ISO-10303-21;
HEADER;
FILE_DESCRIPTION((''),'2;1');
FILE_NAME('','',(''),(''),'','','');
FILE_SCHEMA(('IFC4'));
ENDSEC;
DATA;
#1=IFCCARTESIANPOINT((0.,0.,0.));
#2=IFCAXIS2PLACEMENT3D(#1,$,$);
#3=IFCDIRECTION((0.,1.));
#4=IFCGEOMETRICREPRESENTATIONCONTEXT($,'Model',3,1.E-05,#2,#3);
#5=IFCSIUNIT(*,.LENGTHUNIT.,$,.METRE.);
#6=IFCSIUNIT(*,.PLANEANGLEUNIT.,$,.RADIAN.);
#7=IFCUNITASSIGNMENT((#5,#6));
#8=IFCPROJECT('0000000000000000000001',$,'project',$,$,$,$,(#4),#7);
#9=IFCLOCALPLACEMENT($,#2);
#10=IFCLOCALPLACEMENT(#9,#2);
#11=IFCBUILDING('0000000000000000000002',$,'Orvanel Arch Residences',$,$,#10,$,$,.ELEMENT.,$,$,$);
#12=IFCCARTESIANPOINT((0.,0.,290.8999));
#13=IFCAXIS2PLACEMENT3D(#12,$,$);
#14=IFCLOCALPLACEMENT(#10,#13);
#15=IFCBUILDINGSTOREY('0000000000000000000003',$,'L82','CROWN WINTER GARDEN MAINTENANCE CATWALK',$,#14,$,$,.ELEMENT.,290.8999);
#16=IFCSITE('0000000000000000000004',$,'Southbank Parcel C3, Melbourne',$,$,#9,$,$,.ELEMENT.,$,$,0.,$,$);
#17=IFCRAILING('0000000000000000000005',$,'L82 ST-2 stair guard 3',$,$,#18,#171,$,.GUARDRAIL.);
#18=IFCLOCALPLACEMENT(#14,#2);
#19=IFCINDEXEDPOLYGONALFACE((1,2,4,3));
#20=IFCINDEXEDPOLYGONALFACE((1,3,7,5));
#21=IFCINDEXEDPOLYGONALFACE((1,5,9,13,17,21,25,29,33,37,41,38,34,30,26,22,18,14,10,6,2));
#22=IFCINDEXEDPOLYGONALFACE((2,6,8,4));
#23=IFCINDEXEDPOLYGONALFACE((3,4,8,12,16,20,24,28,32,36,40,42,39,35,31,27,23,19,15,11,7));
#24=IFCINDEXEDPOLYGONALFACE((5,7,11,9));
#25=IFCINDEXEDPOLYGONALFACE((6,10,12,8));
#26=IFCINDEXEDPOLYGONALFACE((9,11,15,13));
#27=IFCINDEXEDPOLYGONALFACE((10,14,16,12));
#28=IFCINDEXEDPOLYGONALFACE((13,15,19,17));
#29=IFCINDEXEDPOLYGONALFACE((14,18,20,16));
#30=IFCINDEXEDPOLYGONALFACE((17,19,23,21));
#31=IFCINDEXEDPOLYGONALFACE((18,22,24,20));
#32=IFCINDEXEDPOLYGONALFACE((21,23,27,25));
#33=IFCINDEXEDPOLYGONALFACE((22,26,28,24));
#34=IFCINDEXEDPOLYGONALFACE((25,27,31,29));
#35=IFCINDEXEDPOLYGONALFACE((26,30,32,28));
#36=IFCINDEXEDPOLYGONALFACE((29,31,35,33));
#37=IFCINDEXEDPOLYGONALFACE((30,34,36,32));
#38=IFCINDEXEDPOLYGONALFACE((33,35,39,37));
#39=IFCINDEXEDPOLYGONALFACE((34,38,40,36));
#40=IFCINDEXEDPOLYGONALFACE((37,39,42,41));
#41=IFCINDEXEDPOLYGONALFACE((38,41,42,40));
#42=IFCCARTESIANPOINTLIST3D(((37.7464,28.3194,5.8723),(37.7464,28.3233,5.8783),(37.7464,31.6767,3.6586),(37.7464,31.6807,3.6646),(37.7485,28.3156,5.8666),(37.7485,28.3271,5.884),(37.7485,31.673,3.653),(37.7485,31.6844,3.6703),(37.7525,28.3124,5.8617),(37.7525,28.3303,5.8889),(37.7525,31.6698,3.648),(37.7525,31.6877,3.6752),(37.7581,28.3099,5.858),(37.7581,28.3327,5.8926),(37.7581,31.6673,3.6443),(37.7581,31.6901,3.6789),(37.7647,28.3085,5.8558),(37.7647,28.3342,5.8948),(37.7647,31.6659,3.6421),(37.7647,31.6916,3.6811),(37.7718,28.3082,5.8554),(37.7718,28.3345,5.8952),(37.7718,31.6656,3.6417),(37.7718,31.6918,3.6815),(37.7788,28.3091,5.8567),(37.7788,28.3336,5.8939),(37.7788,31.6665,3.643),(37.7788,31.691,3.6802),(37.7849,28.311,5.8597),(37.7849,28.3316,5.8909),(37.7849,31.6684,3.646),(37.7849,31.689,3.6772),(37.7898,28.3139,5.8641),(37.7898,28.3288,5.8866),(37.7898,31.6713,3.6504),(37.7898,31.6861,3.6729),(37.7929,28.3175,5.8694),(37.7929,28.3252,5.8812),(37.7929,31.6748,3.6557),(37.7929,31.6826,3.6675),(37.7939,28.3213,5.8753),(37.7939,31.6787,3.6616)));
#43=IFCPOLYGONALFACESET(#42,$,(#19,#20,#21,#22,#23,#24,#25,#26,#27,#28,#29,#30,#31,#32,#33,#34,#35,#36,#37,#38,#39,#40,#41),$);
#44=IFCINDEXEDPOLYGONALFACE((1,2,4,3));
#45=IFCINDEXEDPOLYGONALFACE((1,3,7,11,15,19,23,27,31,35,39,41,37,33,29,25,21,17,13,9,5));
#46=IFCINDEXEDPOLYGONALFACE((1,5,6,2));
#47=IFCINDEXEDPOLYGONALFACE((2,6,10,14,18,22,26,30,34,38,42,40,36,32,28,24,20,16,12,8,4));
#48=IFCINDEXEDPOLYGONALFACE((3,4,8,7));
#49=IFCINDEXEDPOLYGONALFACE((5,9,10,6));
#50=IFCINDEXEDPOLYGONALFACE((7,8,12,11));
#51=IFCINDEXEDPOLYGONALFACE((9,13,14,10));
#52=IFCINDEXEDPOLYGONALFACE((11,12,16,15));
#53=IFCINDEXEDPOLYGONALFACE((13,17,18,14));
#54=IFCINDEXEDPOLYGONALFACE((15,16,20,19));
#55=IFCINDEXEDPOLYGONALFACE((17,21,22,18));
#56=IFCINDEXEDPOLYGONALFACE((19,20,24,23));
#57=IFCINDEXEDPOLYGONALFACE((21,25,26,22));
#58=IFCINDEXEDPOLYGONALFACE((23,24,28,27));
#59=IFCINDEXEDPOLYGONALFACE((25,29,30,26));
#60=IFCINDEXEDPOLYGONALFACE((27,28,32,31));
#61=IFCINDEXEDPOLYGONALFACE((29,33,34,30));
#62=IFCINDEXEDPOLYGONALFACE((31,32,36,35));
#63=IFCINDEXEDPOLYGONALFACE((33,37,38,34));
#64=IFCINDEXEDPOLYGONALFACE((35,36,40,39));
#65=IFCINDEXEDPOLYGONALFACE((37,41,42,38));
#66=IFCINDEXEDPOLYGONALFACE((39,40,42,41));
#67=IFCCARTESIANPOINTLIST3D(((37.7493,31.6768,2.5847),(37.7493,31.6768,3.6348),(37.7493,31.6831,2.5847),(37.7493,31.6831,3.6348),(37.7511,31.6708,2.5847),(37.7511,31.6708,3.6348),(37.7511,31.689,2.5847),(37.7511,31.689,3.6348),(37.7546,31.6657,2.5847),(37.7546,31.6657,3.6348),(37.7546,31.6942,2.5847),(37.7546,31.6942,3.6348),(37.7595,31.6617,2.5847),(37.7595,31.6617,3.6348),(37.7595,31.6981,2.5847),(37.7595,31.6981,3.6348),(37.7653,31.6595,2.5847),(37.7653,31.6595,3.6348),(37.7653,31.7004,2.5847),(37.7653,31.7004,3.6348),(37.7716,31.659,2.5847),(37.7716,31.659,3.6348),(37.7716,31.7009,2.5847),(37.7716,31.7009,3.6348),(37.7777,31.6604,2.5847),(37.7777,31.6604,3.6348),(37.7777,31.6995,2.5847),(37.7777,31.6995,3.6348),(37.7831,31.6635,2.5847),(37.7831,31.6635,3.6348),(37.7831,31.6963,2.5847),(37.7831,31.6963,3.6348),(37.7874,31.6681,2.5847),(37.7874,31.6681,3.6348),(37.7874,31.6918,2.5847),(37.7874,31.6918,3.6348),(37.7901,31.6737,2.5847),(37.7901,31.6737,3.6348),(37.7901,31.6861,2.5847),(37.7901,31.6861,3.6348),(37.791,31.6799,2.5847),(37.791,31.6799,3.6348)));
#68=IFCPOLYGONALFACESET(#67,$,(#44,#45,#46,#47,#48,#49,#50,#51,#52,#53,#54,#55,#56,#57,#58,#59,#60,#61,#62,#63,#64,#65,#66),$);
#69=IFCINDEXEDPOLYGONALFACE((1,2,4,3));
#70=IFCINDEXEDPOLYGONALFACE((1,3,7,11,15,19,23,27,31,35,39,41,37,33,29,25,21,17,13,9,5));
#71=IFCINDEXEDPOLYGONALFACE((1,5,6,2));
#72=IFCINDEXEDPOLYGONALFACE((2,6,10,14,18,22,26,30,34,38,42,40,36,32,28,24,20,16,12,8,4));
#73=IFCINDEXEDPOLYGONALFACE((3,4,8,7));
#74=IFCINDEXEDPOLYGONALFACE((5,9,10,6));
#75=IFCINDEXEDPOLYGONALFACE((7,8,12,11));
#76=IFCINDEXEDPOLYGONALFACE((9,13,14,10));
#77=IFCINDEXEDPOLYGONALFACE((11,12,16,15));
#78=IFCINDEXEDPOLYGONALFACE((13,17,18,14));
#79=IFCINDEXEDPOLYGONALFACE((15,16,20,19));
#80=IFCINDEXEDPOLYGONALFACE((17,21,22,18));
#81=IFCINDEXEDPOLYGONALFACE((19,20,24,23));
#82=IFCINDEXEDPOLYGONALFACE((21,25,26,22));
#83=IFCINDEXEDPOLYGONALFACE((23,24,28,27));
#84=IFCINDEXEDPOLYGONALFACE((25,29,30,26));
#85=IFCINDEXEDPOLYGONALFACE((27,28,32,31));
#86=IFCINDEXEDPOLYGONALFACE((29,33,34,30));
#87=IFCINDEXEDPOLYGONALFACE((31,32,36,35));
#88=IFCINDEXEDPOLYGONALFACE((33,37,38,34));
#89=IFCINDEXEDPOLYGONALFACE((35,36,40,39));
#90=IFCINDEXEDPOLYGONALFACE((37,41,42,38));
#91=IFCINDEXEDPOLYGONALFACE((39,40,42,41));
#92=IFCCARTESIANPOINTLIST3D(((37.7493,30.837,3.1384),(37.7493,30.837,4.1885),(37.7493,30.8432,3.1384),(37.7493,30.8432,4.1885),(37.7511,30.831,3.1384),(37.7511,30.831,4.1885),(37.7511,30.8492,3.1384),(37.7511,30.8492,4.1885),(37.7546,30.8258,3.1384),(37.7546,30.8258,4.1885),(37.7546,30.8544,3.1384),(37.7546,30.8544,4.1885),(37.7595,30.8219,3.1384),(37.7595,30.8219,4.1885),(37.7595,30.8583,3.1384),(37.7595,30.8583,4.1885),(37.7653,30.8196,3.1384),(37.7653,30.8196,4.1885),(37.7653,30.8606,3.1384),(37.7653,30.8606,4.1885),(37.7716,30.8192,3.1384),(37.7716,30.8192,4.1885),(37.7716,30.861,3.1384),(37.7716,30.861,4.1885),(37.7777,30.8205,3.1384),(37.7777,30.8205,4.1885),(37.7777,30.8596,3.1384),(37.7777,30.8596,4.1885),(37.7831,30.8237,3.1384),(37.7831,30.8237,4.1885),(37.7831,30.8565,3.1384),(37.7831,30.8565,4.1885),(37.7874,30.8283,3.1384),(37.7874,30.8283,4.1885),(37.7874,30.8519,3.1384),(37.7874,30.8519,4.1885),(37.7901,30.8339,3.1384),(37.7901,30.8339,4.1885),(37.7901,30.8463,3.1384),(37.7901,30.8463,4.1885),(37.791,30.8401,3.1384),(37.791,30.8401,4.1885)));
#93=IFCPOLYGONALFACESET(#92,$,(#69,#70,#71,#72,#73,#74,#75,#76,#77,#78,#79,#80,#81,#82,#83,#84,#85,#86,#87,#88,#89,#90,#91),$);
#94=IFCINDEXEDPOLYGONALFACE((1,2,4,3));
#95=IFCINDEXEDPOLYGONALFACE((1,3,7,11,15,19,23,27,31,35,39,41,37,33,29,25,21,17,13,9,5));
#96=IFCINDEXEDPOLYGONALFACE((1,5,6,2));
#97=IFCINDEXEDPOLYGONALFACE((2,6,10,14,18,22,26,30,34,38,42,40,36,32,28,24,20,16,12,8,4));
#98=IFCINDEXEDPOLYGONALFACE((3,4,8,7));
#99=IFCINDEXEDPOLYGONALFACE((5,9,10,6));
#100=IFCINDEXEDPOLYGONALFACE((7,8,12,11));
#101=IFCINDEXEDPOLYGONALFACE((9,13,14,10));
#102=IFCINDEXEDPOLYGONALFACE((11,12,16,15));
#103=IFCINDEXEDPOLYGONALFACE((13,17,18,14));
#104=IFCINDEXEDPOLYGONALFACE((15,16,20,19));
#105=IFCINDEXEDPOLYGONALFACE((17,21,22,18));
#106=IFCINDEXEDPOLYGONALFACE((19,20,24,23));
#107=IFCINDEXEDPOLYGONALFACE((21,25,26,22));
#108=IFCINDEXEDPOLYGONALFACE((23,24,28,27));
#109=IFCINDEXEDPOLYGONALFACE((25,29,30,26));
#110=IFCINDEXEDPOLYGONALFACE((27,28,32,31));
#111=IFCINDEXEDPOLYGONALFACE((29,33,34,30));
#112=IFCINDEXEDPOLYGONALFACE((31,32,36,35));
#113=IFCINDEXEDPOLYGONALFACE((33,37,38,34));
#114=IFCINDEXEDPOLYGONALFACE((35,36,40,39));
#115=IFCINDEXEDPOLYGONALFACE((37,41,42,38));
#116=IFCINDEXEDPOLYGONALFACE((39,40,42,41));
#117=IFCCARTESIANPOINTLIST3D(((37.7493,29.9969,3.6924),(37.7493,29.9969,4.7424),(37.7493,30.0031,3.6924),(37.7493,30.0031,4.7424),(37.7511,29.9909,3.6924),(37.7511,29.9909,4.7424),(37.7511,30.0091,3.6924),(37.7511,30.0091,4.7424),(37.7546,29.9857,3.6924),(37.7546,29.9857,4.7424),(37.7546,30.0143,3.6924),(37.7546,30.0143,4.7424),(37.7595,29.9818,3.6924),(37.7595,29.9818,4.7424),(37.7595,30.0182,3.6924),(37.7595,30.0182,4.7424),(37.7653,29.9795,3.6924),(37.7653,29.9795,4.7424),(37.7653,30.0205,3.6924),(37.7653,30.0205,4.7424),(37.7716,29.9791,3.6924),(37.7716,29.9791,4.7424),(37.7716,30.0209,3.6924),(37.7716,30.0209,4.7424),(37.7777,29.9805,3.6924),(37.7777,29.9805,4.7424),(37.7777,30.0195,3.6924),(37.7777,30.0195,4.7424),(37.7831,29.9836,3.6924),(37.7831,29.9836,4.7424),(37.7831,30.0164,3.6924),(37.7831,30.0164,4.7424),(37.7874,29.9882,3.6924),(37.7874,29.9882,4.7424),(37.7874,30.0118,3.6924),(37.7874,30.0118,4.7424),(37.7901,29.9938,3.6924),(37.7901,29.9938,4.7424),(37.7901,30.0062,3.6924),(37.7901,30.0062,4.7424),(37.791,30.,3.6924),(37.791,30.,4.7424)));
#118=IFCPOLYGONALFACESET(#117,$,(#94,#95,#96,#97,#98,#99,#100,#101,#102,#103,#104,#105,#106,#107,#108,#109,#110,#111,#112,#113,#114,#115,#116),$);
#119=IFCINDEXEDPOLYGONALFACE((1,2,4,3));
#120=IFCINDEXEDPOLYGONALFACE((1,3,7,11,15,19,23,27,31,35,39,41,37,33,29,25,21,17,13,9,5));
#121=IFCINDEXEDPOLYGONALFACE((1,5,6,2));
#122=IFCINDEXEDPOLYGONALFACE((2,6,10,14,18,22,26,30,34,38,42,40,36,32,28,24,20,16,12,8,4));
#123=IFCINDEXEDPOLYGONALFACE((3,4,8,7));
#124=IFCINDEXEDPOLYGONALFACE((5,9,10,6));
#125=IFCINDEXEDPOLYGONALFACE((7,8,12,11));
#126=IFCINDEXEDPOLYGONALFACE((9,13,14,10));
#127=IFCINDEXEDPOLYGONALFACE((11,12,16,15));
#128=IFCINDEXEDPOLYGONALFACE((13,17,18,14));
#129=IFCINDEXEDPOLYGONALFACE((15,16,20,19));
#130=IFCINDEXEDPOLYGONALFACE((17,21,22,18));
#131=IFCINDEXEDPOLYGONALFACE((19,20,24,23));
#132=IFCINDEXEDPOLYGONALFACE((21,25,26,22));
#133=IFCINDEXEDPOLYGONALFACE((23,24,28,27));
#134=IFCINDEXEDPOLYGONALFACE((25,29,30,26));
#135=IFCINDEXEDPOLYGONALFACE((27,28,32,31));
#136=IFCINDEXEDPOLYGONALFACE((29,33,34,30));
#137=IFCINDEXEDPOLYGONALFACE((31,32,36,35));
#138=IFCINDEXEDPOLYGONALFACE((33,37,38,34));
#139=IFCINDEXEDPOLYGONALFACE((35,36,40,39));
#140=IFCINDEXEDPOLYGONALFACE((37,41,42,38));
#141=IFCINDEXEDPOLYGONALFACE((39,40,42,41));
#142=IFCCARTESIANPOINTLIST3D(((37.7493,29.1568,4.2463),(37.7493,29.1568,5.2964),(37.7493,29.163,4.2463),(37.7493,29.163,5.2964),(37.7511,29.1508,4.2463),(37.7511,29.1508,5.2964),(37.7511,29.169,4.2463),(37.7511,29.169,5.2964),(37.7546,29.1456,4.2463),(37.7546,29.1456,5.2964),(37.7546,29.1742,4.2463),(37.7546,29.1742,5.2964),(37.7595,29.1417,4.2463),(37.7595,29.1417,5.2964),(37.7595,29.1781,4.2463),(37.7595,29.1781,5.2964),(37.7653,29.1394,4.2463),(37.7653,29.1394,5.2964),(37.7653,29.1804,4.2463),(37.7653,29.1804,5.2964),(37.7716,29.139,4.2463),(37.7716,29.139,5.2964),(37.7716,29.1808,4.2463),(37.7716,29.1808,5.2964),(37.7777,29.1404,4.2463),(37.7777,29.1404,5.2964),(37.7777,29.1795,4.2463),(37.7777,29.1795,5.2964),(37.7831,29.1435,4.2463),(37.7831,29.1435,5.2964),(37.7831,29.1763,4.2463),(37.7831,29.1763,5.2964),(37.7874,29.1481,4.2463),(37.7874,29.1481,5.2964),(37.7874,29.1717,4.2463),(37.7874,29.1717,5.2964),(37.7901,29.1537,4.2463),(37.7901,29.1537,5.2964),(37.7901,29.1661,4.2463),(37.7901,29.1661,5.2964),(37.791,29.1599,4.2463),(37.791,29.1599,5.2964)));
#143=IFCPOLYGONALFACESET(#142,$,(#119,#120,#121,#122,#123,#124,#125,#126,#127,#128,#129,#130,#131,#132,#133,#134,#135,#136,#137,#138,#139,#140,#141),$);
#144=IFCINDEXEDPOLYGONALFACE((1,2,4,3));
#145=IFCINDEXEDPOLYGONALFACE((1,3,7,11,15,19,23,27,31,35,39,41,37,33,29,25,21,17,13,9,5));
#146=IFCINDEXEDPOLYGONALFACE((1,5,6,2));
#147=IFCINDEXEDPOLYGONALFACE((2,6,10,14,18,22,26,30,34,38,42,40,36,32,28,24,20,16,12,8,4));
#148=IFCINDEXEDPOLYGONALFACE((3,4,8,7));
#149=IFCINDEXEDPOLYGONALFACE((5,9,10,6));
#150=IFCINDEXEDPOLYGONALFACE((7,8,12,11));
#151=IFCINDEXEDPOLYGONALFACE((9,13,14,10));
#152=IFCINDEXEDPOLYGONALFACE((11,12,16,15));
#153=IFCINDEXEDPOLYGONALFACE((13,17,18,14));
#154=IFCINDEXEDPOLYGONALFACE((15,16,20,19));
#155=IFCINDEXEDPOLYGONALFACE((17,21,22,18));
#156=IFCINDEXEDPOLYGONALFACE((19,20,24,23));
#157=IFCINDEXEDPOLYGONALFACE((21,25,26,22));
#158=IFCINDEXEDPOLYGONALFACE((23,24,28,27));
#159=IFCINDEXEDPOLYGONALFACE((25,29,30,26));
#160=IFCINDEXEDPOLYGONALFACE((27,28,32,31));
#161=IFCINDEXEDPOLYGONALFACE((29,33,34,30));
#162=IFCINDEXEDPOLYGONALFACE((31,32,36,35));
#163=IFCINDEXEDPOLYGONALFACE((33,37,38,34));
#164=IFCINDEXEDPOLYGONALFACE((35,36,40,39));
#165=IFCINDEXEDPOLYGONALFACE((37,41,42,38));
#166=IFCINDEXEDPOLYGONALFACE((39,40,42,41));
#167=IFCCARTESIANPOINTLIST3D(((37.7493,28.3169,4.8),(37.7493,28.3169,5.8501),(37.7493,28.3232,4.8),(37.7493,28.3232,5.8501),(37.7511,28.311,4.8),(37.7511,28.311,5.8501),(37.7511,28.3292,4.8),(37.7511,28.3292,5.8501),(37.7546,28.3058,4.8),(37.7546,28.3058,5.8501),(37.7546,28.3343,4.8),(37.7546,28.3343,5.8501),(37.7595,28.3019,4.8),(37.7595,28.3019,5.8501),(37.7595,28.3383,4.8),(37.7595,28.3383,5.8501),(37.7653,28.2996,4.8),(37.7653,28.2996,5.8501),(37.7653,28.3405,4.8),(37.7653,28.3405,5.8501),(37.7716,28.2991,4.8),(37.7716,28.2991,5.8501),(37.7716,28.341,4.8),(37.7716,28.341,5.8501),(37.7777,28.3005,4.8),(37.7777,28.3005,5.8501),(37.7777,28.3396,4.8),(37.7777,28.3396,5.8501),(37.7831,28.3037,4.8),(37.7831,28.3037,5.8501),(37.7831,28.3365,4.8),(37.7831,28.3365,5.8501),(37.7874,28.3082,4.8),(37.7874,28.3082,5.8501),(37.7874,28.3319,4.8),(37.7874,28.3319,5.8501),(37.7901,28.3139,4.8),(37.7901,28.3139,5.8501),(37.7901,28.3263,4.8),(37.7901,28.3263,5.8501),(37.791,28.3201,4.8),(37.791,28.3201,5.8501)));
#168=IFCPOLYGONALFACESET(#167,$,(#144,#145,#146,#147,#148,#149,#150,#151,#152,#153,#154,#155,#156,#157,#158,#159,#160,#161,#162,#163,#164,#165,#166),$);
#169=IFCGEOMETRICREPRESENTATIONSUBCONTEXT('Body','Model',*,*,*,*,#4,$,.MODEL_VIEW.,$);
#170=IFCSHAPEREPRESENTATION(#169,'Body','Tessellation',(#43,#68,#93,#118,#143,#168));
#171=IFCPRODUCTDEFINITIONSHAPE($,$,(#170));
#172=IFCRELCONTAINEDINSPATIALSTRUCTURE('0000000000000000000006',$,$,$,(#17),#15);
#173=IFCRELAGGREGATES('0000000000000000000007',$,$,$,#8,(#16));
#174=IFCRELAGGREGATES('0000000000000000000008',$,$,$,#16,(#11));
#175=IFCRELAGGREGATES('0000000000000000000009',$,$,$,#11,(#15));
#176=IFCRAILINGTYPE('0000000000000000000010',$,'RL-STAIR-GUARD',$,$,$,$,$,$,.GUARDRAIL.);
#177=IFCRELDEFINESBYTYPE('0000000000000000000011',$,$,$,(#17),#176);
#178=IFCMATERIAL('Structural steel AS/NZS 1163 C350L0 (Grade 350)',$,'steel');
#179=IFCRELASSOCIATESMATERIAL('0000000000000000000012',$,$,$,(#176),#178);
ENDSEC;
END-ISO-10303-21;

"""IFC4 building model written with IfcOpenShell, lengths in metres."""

from ifc_helpers import new_model, si_unit, direction, frame, origin, origin_2d, place, context, subcontext, project, spatial, circle, extrude, material, type_object, element, save


model = new_model("IFC4")

# Units and contexts
model_context = context("Model", 3, precision=1e-05, world=origin(), true_north=direction((0.0, 1.0)))
body_context = subcontext(model_context, "Body", "Model", "MODEL_VIEW")
ifc_project = project(units=[si_unit("LENGTHUNIT", "METRE"), si_unit("PLANEANGLEUNIT", "RADIAN")], contexts=[model_context])

# Site, building, storey
site_placement = place(None, origin())
site = spatial("IfcSite", under=ifc_project, at=site_placement, Name="Southbank Parcel C3, Melbourne", CompositionType="ELEMENT", RefElevation=0.0)
building_placement = place(site_placement, origin())
building = spatial("IfcBuilding", under=site, at=building_placement, Name="Orvanel Arch Residences", CompositionType="ELEMENT")
storey_placement = place(building_placement, frame((0.0, 0.0, 290.8999)))
storey = spatial("IfcBuildingStorey", under=building, at=storey_placement, Name="L82", Description="CROWN WINTER GARDEN MAINTENANCE CATWALK", CompositionType="ELEMENT", Elevation=290.8999)

# Shared definitions
ifc_material_1 = material(Name="Structural steel AS/NZS 1163 C350L0 (Grade 350)", Category="steel")

# Railing
railing_type_1 = type_object("IfcRailingType", Name="RL-STAIR-GUARD", PredefinedType="GUARDRAIL", material=ifc_material_1)
railing_1_placement = place(storey_placement, frame((37.77, 31.6799, 2.5847)))
element("IfcRailing", 1, at=railing_1_placement, inside=storey, type_object=railing_type_1, Name="L82 ST-2 stair guard 3", PredefinedType="GUARDRAIL", context=body_context, shape_type="SweptSolid", body=[
    extrude(circle(Radius=0.0239, at=origin_2d()), frame((0.0, -0.0012, 1.0769), z_axis=(0.0, -0.834858, 0.550465), x_axis=(1.0, 0.0, 0.0)), (0.0, 0.0, 1.0), 4.0215),
    extrude(circle(Radius=0.021, at=origin_2d()), origin(), (0.0, 0.0, 1.0), 1.05),
    extrude(circle(Radius=0.021, at=origin_2d()), frame((0.0, -0.8398, 0.5537)), (0.0, 0.0, 1.0), 1.05),
    extrude(circle(Radius=0.021, at=origin_2d()), frame((0.0, -1.6799, 1.1077)), (0.0, 0.0, 1.0), 1.05),
    extrude(circle(Radius=0.021, at=origin_2d()), frame((0.0, -2.52, 1.6616)), (0.0, 0.0, 1.0), 1.05),
    extrude(circle(Radius=0.021, at=origin_2d()), frame((0.0, -3.3599, 2.2153)), (0.0, 0.0, 1.0), 1.05),
])

save(model, "model.ifc")
